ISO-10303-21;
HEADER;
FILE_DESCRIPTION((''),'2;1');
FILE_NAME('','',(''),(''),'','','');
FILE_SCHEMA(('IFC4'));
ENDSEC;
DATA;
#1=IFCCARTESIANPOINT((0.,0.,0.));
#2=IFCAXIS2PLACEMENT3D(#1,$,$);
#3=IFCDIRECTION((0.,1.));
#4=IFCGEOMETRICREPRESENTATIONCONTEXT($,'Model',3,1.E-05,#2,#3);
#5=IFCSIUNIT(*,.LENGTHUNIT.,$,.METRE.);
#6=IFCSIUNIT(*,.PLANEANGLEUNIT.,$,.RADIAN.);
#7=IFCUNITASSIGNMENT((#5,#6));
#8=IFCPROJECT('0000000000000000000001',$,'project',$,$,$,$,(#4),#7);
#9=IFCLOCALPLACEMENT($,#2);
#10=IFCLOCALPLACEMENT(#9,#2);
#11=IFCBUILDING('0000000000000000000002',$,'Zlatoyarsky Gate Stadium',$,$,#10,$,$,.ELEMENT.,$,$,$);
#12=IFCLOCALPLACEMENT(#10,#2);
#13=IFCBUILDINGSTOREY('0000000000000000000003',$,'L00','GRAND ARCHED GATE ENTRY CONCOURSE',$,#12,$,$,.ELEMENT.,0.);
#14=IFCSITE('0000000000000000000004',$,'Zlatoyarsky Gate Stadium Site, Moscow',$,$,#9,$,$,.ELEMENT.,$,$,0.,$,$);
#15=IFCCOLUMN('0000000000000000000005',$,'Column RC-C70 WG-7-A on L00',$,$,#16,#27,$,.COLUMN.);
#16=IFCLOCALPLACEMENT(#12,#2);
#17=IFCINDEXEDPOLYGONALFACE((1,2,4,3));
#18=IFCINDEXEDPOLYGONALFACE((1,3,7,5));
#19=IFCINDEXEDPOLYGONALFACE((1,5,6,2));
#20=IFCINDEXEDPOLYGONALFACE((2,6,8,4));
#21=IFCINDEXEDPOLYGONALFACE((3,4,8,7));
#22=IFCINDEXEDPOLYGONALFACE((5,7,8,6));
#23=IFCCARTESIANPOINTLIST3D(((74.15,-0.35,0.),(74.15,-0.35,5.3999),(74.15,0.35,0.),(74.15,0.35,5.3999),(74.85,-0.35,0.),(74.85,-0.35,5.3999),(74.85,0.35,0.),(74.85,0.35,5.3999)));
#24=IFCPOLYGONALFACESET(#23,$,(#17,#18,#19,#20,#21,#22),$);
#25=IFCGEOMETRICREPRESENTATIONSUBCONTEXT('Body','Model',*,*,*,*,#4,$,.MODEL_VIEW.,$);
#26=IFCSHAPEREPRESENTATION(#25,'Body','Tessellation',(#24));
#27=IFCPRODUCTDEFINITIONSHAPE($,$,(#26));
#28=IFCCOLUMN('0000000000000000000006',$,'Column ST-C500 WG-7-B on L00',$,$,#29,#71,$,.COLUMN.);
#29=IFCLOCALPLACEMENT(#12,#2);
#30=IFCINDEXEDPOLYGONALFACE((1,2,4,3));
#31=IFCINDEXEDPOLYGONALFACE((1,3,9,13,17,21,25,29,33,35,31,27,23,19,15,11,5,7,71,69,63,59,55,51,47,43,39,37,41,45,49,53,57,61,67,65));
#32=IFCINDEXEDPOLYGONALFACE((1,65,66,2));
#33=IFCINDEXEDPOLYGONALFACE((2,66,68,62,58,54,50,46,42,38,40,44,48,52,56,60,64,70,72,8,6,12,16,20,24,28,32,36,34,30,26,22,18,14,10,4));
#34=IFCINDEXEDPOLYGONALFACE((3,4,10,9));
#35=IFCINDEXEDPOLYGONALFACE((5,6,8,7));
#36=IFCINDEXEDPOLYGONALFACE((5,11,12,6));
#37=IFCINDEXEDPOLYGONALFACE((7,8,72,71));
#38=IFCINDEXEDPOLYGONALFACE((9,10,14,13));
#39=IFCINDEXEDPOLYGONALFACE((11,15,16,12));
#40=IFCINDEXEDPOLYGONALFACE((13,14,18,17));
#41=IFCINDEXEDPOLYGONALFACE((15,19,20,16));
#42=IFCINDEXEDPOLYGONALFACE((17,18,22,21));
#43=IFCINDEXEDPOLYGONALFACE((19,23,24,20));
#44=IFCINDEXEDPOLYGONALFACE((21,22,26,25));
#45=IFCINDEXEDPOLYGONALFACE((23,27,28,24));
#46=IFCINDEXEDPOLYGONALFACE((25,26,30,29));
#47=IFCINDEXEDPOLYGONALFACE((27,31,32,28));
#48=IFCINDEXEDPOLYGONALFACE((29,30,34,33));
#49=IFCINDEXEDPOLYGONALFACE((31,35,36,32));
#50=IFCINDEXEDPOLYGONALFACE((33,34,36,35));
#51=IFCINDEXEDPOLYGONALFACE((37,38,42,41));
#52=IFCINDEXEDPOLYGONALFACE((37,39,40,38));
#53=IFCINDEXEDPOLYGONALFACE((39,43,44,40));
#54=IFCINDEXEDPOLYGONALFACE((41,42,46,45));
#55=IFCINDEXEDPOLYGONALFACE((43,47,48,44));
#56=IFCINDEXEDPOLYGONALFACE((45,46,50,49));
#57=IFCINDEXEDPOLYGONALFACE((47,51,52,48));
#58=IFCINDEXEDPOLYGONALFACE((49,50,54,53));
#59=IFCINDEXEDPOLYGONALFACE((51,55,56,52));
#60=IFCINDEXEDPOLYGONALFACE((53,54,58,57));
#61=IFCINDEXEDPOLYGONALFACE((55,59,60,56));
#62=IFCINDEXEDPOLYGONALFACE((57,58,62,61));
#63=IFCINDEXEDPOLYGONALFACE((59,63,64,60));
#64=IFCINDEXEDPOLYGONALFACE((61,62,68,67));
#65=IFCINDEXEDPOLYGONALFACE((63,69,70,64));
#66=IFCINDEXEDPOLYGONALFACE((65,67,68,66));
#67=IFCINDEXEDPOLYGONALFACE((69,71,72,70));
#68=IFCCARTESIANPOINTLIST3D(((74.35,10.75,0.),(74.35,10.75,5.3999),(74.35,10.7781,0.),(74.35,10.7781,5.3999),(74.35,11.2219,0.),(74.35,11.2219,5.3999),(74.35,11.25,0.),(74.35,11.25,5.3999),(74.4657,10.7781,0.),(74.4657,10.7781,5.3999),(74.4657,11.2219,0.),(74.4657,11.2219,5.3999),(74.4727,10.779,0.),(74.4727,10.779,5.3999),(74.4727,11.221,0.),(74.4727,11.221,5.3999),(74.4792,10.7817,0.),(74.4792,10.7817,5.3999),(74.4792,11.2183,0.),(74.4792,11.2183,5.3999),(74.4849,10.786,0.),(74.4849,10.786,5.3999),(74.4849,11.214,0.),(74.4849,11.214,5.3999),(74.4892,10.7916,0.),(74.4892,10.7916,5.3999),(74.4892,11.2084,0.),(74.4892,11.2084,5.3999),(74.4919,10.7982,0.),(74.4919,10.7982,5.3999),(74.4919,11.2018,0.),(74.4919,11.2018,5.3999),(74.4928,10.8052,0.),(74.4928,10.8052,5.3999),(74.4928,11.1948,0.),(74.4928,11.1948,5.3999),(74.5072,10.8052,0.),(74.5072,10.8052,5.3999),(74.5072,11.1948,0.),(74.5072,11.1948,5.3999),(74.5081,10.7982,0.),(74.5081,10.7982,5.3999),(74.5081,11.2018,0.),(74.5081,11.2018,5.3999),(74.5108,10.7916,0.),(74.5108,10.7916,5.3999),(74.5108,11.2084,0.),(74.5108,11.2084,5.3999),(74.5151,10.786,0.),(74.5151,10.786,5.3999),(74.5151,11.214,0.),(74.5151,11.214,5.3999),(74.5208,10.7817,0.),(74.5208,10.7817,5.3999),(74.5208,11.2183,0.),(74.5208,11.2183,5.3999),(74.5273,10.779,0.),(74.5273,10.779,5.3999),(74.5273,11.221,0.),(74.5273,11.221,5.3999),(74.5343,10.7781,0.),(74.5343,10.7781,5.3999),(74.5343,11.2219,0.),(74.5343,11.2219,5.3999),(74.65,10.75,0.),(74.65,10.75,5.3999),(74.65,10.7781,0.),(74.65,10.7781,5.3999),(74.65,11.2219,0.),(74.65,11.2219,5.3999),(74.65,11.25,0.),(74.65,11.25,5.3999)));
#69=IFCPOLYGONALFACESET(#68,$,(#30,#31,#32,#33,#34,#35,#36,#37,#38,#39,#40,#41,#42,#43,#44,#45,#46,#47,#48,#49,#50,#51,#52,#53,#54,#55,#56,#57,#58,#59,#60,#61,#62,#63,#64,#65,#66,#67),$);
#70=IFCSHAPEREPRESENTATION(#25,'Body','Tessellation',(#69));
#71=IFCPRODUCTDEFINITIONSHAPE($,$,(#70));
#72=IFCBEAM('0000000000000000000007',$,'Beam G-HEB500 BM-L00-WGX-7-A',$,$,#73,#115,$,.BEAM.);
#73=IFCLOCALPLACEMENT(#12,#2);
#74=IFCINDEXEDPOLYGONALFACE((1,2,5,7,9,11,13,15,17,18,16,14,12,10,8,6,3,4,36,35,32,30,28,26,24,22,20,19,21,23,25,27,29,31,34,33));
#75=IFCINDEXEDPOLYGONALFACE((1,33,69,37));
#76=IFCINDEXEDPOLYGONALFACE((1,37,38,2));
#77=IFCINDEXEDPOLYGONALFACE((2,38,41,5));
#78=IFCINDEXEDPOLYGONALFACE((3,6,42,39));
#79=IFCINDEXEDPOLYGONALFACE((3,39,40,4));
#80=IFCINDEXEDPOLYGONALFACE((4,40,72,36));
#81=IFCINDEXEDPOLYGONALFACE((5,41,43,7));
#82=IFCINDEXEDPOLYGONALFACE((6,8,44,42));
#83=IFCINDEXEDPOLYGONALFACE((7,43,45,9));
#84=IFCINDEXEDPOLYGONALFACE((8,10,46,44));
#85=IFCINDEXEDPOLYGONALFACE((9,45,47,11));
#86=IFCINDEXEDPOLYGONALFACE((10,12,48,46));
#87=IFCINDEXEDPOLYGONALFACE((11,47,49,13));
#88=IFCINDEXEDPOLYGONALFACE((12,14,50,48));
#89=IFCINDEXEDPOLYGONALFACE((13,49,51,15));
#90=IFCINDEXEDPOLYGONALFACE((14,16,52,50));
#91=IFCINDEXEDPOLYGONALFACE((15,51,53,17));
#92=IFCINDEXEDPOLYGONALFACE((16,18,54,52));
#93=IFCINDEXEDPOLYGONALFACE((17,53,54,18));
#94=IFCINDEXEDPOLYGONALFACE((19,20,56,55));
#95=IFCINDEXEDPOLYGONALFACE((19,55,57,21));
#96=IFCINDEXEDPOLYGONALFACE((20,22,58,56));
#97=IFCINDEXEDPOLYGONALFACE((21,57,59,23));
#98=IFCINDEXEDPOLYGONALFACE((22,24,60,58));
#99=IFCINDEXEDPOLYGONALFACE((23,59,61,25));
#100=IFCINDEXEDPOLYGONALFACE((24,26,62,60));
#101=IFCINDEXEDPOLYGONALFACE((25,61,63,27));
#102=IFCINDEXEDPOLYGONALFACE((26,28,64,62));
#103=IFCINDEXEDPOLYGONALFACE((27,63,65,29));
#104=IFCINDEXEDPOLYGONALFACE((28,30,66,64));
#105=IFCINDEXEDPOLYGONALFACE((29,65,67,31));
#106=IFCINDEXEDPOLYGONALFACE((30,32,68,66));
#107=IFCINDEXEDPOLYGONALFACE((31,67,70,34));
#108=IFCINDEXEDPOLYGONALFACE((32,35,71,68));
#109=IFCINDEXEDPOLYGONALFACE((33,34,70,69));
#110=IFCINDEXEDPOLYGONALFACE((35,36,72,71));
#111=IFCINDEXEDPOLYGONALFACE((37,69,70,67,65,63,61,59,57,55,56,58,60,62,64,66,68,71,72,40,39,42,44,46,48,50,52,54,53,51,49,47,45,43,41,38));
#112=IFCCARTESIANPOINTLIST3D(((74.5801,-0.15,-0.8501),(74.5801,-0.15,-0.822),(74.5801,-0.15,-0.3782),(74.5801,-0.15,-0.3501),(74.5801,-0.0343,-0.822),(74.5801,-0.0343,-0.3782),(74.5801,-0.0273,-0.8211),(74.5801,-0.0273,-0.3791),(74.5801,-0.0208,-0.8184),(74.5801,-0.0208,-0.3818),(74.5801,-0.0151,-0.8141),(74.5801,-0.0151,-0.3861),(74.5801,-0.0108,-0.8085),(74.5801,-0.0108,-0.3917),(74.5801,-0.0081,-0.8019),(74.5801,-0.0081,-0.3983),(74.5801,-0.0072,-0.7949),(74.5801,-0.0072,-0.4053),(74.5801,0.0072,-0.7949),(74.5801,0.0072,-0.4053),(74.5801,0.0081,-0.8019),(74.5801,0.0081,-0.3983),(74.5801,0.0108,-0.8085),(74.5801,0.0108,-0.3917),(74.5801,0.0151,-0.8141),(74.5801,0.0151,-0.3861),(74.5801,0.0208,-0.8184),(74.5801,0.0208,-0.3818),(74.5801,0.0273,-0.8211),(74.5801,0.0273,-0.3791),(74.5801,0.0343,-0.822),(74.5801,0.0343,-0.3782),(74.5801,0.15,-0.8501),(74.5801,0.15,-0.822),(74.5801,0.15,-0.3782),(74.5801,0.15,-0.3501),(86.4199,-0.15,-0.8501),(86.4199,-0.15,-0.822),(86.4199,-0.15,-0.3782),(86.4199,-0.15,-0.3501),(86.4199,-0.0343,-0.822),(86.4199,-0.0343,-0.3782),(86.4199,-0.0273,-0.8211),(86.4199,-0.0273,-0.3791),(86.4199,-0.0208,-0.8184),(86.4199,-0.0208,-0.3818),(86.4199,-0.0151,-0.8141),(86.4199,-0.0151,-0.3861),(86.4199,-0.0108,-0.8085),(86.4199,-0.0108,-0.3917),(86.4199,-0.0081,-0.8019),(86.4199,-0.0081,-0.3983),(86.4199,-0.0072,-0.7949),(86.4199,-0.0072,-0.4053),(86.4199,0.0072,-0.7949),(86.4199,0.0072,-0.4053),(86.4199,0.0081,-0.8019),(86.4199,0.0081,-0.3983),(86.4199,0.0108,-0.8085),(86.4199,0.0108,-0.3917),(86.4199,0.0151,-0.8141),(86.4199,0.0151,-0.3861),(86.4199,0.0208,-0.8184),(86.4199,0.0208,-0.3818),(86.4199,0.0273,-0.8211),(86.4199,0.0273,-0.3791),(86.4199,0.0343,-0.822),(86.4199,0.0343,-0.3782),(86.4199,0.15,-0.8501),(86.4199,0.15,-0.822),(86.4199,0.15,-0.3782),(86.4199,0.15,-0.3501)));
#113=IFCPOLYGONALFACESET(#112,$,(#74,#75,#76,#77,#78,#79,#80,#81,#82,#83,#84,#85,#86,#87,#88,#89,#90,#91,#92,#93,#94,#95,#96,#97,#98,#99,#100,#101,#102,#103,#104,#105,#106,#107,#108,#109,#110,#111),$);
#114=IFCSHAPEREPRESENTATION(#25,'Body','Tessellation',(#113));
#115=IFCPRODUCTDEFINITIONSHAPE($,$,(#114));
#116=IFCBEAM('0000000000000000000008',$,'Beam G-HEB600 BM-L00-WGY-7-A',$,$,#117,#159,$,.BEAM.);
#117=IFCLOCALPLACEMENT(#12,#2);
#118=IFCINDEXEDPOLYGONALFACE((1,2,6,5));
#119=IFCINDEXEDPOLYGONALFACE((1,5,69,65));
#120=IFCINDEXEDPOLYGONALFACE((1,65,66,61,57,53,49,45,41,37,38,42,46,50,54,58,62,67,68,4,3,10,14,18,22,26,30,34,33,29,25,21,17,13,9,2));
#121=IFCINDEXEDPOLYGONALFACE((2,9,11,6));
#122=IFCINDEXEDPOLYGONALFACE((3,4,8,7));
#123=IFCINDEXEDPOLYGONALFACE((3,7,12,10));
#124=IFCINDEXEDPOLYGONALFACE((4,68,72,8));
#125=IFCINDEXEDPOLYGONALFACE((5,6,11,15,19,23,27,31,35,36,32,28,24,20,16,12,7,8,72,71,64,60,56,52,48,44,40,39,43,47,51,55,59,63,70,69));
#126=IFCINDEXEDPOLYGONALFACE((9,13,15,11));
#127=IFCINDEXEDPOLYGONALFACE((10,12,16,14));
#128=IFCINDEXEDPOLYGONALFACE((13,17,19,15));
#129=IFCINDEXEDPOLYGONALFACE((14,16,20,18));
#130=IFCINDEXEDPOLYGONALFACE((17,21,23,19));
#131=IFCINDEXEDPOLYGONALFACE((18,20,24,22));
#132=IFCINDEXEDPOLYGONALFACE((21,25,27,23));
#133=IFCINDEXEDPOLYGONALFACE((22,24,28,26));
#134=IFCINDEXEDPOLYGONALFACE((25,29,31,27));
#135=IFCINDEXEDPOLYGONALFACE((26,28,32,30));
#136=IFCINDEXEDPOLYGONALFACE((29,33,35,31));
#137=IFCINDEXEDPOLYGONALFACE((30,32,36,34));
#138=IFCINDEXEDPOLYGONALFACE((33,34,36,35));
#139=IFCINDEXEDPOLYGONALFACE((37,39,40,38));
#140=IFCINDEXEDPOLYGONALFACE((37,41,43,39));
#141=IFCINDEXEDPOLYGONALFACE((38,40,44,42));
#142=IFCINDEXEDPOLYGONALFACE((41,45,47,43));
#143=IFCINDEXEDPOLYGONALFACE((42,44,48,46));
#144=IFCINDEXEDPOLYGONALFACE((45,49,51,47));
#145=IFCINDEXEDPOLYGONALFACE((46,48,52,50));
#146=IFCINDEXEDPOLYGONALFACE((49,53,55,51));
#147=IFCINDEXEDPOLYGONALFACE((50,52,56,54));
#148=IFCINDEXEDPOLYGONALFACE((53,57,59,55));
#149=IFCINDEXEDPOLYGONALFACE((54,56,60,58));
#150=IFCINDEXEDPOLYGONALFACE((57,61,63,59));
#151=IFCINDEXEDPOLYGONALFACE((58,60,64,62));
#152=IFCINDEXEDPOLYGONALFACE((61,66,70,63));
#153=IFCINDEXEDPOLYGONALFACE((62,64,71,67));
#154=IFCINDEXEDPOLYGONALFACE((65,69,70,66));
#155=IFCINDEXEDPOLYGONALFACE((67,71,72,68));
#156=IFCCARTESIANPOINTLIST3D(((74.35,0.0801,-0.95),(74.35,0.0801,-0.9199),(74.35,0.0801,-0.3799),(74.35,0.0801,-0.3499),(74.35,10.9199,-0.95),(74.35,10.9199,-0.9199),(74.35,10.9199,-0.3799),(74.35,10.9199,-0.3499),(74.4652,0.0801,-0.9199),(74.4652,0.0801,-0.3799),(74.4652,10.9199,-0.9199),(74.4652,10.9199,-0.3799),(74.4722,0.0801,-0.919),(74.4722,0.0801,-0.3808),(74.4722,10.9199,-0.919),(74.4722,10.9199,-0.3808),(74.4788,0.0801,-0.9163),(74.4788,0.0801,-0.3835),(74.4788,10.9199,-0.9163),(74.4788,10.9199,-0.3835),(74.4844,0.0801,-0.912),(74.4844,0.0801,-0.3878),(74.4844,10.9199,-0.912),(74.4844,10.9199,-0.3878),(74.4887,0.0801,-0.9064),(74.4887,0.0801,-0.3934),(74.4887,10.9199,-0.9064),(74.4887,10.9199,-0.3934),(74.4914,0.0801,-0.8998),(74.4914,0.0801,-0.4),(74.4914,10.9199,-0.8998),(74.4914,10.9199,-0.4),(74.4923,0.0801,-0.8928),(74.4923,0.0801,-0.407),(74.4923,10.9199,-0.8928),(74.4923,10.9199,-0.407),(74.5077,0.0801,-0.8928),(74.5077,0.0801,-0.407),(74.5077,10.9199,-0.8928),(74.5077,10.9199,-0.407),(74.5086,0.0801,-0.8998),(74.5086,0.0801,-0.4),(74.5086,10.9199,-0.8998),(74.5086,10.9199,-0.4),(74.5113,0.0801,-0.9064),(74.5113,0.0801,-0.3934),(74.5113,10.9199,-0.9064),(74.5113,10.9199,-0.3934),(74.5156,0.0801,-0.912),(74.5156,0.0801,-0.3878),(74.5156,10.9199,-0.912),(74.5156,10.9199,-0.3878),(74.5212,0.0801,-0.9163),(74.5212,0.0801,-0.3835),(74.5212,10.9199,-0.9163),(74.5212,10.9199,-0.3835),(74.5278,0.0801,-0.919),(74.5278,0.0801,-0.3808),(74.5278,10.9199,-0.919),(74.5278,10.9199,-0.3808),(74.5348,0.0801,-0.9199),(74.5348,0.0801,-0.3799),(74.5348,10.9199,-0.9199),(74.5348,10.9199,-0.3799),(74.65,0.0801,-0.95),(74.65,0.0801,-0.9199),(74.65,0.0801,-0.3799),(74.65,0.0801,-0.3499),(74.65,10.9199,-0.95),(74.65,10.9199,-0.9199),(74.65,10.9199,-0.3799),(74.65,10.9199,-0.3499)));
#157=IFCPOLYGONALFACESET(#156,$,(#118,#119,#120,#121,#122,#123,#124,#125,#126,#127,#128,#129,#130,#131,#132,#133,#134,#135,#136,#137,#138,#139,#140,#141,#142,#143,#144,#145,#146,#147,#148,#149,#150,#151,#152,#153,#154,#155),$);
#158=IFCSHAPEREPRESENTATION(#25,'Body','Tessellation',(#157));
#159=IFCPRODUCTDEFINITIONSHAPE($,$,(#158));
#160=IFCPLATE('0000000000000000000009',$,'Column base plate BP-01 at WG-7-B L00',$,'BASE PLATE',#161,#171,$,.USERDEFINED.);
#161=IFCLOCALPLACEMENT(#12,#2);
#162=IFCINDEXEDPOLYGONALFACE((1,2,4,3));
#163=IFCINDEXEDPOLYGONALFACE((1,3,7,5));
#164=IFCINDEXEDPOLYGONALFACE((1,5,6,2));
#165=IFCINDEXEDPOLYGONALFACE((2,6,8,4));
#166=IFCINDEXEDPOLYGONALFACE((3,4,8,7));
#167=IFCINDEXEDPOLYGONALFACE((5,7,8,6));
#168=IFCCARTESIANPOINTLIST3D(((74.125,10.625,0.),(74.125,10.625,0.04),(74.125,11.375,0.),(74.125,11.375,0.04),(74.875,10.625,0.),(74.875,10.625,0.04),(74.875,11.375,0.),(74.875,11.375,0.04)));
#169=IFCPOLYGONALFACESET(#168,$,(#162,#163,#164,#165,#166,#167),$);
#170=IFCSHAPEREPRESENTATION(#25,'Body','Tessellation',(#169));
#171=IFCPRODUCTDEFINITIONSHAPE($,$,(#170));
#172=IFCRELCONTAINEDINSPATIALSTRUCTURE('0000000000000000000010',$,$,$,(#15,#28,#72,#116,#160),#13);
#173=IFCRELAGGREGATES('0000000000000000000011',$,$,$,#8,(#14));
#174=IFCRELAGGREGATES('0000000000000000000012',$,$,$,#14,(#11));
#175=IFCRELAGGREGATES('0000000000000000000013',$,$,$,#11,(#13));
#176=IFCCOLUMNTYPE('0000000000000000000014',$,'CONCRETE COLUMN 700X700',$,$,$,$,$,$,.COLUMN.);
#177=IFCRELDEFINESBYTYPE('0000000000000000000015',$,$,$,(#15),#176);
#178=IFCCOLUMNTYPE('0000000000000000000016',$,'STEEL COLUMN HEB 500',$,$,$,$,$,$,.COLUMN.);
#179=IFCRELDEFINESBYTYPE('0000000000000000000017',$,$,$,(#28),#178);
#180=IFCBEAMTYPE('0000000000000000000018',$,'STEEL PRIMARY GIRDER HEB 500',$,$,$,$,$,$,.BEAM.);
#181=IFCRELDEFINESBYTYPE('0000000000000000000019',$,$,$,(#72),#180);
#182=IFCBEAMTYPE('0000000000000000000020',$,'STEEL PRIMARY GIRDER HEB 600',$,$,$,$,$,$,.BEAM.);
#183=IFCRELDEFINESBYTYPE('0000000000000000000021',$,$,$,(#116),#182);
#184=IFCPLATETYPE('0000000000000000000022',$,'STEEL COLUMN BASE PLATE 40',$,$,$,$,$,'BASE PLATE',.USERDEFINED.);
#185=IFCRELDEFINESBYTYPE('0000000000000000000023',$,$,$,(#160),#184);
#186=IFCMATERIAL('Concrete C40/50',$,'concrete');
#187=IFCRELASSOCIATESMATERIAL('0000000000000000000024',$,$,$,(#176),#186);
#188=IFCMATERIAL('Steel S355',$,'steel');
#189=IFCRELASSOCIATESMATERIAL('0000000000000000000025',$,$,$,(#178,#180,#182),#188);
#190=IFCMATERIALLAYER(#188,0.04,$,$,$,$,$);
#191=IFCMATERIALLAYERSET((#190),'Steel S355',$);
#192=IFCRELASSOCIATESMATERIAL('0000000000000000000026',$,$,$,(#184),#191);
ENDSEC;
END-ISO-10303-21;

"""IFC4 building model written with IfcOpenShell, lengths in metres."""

from ifc_helpers import new_model, si_unit, direction, frame, origin, origin_2d, place, context, subcontext, project, spatial, rectangle, i_section, extrude, material, layer, layer_set, material_profile, profile_set, type_object, element, save


model = new_model("IFC4")

# Units and contexts
model_context = context("Model", 3, precision=1e-05, world=origin(), true_north=direction((0.0, 1.0)))
body_context = subcontext(model_context, "Body", "Model", "MODEL_VIEW")
ifc_project = project(units=[si_unit("LENGTHUNIT", "METRE"), si_unit("PLANEANGLEUNIT", "RADIAN")], contexts=[model_context])

# Site, building, storey
site_placement = place(None, origin())
site = spatial("IfcSite", under=ifc_project, at=site_placement, Name="Zlatoyarsky Gate Stadium Site, Moscow", CompositionType="ELEMENT", RefElevation=0.0)
building_placement = place(site_placement, origin())
building = spatial("IfcBuilding", under=site, at=building_placement, Name="Zlatoyarsky Gate Stadium", CompositionType="ELEMENT")
storey_placement = place(building_placement, origin())
storey = spatial("IfcBuildingStorey", under=building, at=storey_placement, Name="L00", Description="GRAND ARCHED GATE ENTRY CONCOURSE", CompositionType="ELEMENT", Elevation=0.0)

# Columns
ifc_material_1 = material(Name="Concrete C40/50", Category="concrete")
ifc_material_profile_1 = material_profile(ifc_material_1, rectangle(XDim=0.7, YDim=0.7, at=origin_2d()), Name="RC COL 700X700")
ifc_profile_set_1 = profile_set([ifc_material_profile_1], Name="Concrete C40/50")
column_type_1 = type_object("IfcColumnType", Name="CONCRETE COLUMN 700X700", PredefinedType="COLUMN", material=ifc_profile_set_1)
column_1_placement = place(storey_placement, frame((74.5, 0.0, 0.0), z_axis=(0.0, 0.0, 1.0), x_axis=(1.0, 0.0, 0.0)))
element("IfcColumn", 1, at=column_1_placement, inside=storey, type_object=column_type_1, Name="Column RC-C70 WG-7-A on L00", PredefinedType="COLUMN", context=body_context, shape_type="SweptSolid", body=[
    extrude(rectangle(XDim=0.7, YDim=0.7, at=origin_2d()), origin(), (0.0, 0.0, 1.0), 5.3999),
])
ifc_material_2 = material(Name="Steel S355", Category="steel")
ifc_material_profile_2 = material_profile(ifc_material_2, i_section(OverallWidth=0.3, OverallDepth=0.5, WebThickness=0.0144, FlangeThickness=0.0281, FilletRadius=0.0271, at=origin_2d()), Name="HEB 500")
ifc_profile_set_2 = profile_set([ifc_material_profile_2], Name="Steel S355")
column_type_2 = type_object("IfcColumnType", Name="STEEL COLUMN HEB 500", PredefinedType="COLUMN", material=ifc_profile_set_2)
column_2_placement = place(storey_placement, frame((74.5, 11.0, 0.0), z_axis=(0.0, 0.0, 1.0), x_axis=(1.0, 0.0, 0.0)))
element("IfcColumn", 2, at=column_2_placement, inside=storey, type_object=column_type_2, Name="Column ST-C500 WG-7-B on L00", PredefinedType="COLUMN", context=body_context, shape_type="SweptSolid", body=[
    extrude(i_section(OverallWidth=0.3, OverallDepth=0.5, WebThickness=0.0144, FlangeThickness=0.0281, FilletRadius=0.0271, at=origin_2d()), origin(), (0.0, 0.0, 1.0), 5.3999),
])

# Beams
ifc_material_profile_3 = material_profile(ifc_material_2, i_section(OverallWidth=0.3, OverallDepth=0.5, WebThickness=0.0144, FlangeThickness=0.0281, FilletRadius=0.0271, at=origin_2d()), Name="HEB 500")
ifc_profile_set_3 = profile_set([ifc_material_profile_3], Name="Steel S355")
beam_type_1 = type_object("IfcBeamType", Name="STEEL PRIMARY GIRDER HEB 500", PredefinedType="BEAM", material=ifc_profile_set_3)
beam_1_placement = place(storey_placement, frame((74.5801, 0.0, -0.6001), z_axis=(1.0, 0.0, 0.0), x_axis=(0.0, 1.0, 0.0)))
element("IfcBeam", 3, at=beam_1_placement, inside=storey, type_object=beam_type_1, Name="Beam G-HEB500 BM-L00-WGX-7-A", PredefinedType="BEAM", context=body_context, shape_type="SweptSolid", body=[
    extrude(i_section(OverallWidth=0.3, OverallDepth=0.5, WebThickness=0.0144, FlangeThickness=0.0281, FilletRadius=0.0271, at=origin_2d()), origin(), (0.0, 0.0, 1.0), 11.8398),
])
ifc_material_profile_4 = material_profile(ifc_material_2, i_section(OverallWidth=0.3, OverallDepth=0.6001, WebThickness=0.0154, FlangeThickness=0.03, FilletRadius=0.0271, at=origin_2d()), Name="HEB 600")
ifc_profile_set_4 = profile_set([ifc_material_profile_4], Name="Steel S355")
beam_type_2 = type_object("IfcBeamType", Name="STEEL PRIMARY GIRDER HEB 600", PredefinedType="BEAM", material=ifc_profile_set_4)
beam_2_placement = place(storey_placement, frame((74.5, 0.0801, -0.6499), z_axis=(0.0, 1.0, 0.0), x_axis=(-1.0, 0.0, 0.0)))
element("IfcBeam", 4, at=beam_2_placement, inside=storey, type_object=beam_type_2, Name="Beam G-HEB600 BM-L00-WGY-7-A", PredefinedType="BEAM", context=body_context, shape_type="SweptSolid", body=[
    extrude(i_section(OverallWidth=0.3, OverallDepth=0.6001, WebThickness=0.0154, FlangeThickness=0.03, FilletRadius=0.0271, at=origin_2d()), origin(), (0.0, 0.0, 1.0), 10.8398),
])

# Plate
ifc_layer_1 = layer(ifc_material_2, 0.04)
ifc_layer_set_1 = layer_set([ifc_layer_1], Name="Steel S355")
plate_type = type_object("IfcPlateType", Name="STEEL COLUMN BASE PLATE 40", ElementType="BASE PLATE", PredefinedType="USERDEFINED", material=ifc_layer_set_1)
plate_placement = place(storey_placement, frame((74.5, 11.0, 0.0), z_axis=(0.0, 0.0, 1.0), x_axis=(1.0, 0.0, 0.0)))
element("IfcPlate", 5, at=plate_placement, inside=storey, type_object=plate_type, Name="Column base plate BP-01 at WG-7-B L00", ObjectType="BASE PLATE", PredefinedType="USERDEFINED", context=body_context, shape_type="SweptSolid", body=[
    extrude(rectangle(XDim=0.75, YDim=0.75, at=origin_2d()), origin(), (0.0, 0.0, 1.0), 0.04),
])

save(model, "model.ifc")
